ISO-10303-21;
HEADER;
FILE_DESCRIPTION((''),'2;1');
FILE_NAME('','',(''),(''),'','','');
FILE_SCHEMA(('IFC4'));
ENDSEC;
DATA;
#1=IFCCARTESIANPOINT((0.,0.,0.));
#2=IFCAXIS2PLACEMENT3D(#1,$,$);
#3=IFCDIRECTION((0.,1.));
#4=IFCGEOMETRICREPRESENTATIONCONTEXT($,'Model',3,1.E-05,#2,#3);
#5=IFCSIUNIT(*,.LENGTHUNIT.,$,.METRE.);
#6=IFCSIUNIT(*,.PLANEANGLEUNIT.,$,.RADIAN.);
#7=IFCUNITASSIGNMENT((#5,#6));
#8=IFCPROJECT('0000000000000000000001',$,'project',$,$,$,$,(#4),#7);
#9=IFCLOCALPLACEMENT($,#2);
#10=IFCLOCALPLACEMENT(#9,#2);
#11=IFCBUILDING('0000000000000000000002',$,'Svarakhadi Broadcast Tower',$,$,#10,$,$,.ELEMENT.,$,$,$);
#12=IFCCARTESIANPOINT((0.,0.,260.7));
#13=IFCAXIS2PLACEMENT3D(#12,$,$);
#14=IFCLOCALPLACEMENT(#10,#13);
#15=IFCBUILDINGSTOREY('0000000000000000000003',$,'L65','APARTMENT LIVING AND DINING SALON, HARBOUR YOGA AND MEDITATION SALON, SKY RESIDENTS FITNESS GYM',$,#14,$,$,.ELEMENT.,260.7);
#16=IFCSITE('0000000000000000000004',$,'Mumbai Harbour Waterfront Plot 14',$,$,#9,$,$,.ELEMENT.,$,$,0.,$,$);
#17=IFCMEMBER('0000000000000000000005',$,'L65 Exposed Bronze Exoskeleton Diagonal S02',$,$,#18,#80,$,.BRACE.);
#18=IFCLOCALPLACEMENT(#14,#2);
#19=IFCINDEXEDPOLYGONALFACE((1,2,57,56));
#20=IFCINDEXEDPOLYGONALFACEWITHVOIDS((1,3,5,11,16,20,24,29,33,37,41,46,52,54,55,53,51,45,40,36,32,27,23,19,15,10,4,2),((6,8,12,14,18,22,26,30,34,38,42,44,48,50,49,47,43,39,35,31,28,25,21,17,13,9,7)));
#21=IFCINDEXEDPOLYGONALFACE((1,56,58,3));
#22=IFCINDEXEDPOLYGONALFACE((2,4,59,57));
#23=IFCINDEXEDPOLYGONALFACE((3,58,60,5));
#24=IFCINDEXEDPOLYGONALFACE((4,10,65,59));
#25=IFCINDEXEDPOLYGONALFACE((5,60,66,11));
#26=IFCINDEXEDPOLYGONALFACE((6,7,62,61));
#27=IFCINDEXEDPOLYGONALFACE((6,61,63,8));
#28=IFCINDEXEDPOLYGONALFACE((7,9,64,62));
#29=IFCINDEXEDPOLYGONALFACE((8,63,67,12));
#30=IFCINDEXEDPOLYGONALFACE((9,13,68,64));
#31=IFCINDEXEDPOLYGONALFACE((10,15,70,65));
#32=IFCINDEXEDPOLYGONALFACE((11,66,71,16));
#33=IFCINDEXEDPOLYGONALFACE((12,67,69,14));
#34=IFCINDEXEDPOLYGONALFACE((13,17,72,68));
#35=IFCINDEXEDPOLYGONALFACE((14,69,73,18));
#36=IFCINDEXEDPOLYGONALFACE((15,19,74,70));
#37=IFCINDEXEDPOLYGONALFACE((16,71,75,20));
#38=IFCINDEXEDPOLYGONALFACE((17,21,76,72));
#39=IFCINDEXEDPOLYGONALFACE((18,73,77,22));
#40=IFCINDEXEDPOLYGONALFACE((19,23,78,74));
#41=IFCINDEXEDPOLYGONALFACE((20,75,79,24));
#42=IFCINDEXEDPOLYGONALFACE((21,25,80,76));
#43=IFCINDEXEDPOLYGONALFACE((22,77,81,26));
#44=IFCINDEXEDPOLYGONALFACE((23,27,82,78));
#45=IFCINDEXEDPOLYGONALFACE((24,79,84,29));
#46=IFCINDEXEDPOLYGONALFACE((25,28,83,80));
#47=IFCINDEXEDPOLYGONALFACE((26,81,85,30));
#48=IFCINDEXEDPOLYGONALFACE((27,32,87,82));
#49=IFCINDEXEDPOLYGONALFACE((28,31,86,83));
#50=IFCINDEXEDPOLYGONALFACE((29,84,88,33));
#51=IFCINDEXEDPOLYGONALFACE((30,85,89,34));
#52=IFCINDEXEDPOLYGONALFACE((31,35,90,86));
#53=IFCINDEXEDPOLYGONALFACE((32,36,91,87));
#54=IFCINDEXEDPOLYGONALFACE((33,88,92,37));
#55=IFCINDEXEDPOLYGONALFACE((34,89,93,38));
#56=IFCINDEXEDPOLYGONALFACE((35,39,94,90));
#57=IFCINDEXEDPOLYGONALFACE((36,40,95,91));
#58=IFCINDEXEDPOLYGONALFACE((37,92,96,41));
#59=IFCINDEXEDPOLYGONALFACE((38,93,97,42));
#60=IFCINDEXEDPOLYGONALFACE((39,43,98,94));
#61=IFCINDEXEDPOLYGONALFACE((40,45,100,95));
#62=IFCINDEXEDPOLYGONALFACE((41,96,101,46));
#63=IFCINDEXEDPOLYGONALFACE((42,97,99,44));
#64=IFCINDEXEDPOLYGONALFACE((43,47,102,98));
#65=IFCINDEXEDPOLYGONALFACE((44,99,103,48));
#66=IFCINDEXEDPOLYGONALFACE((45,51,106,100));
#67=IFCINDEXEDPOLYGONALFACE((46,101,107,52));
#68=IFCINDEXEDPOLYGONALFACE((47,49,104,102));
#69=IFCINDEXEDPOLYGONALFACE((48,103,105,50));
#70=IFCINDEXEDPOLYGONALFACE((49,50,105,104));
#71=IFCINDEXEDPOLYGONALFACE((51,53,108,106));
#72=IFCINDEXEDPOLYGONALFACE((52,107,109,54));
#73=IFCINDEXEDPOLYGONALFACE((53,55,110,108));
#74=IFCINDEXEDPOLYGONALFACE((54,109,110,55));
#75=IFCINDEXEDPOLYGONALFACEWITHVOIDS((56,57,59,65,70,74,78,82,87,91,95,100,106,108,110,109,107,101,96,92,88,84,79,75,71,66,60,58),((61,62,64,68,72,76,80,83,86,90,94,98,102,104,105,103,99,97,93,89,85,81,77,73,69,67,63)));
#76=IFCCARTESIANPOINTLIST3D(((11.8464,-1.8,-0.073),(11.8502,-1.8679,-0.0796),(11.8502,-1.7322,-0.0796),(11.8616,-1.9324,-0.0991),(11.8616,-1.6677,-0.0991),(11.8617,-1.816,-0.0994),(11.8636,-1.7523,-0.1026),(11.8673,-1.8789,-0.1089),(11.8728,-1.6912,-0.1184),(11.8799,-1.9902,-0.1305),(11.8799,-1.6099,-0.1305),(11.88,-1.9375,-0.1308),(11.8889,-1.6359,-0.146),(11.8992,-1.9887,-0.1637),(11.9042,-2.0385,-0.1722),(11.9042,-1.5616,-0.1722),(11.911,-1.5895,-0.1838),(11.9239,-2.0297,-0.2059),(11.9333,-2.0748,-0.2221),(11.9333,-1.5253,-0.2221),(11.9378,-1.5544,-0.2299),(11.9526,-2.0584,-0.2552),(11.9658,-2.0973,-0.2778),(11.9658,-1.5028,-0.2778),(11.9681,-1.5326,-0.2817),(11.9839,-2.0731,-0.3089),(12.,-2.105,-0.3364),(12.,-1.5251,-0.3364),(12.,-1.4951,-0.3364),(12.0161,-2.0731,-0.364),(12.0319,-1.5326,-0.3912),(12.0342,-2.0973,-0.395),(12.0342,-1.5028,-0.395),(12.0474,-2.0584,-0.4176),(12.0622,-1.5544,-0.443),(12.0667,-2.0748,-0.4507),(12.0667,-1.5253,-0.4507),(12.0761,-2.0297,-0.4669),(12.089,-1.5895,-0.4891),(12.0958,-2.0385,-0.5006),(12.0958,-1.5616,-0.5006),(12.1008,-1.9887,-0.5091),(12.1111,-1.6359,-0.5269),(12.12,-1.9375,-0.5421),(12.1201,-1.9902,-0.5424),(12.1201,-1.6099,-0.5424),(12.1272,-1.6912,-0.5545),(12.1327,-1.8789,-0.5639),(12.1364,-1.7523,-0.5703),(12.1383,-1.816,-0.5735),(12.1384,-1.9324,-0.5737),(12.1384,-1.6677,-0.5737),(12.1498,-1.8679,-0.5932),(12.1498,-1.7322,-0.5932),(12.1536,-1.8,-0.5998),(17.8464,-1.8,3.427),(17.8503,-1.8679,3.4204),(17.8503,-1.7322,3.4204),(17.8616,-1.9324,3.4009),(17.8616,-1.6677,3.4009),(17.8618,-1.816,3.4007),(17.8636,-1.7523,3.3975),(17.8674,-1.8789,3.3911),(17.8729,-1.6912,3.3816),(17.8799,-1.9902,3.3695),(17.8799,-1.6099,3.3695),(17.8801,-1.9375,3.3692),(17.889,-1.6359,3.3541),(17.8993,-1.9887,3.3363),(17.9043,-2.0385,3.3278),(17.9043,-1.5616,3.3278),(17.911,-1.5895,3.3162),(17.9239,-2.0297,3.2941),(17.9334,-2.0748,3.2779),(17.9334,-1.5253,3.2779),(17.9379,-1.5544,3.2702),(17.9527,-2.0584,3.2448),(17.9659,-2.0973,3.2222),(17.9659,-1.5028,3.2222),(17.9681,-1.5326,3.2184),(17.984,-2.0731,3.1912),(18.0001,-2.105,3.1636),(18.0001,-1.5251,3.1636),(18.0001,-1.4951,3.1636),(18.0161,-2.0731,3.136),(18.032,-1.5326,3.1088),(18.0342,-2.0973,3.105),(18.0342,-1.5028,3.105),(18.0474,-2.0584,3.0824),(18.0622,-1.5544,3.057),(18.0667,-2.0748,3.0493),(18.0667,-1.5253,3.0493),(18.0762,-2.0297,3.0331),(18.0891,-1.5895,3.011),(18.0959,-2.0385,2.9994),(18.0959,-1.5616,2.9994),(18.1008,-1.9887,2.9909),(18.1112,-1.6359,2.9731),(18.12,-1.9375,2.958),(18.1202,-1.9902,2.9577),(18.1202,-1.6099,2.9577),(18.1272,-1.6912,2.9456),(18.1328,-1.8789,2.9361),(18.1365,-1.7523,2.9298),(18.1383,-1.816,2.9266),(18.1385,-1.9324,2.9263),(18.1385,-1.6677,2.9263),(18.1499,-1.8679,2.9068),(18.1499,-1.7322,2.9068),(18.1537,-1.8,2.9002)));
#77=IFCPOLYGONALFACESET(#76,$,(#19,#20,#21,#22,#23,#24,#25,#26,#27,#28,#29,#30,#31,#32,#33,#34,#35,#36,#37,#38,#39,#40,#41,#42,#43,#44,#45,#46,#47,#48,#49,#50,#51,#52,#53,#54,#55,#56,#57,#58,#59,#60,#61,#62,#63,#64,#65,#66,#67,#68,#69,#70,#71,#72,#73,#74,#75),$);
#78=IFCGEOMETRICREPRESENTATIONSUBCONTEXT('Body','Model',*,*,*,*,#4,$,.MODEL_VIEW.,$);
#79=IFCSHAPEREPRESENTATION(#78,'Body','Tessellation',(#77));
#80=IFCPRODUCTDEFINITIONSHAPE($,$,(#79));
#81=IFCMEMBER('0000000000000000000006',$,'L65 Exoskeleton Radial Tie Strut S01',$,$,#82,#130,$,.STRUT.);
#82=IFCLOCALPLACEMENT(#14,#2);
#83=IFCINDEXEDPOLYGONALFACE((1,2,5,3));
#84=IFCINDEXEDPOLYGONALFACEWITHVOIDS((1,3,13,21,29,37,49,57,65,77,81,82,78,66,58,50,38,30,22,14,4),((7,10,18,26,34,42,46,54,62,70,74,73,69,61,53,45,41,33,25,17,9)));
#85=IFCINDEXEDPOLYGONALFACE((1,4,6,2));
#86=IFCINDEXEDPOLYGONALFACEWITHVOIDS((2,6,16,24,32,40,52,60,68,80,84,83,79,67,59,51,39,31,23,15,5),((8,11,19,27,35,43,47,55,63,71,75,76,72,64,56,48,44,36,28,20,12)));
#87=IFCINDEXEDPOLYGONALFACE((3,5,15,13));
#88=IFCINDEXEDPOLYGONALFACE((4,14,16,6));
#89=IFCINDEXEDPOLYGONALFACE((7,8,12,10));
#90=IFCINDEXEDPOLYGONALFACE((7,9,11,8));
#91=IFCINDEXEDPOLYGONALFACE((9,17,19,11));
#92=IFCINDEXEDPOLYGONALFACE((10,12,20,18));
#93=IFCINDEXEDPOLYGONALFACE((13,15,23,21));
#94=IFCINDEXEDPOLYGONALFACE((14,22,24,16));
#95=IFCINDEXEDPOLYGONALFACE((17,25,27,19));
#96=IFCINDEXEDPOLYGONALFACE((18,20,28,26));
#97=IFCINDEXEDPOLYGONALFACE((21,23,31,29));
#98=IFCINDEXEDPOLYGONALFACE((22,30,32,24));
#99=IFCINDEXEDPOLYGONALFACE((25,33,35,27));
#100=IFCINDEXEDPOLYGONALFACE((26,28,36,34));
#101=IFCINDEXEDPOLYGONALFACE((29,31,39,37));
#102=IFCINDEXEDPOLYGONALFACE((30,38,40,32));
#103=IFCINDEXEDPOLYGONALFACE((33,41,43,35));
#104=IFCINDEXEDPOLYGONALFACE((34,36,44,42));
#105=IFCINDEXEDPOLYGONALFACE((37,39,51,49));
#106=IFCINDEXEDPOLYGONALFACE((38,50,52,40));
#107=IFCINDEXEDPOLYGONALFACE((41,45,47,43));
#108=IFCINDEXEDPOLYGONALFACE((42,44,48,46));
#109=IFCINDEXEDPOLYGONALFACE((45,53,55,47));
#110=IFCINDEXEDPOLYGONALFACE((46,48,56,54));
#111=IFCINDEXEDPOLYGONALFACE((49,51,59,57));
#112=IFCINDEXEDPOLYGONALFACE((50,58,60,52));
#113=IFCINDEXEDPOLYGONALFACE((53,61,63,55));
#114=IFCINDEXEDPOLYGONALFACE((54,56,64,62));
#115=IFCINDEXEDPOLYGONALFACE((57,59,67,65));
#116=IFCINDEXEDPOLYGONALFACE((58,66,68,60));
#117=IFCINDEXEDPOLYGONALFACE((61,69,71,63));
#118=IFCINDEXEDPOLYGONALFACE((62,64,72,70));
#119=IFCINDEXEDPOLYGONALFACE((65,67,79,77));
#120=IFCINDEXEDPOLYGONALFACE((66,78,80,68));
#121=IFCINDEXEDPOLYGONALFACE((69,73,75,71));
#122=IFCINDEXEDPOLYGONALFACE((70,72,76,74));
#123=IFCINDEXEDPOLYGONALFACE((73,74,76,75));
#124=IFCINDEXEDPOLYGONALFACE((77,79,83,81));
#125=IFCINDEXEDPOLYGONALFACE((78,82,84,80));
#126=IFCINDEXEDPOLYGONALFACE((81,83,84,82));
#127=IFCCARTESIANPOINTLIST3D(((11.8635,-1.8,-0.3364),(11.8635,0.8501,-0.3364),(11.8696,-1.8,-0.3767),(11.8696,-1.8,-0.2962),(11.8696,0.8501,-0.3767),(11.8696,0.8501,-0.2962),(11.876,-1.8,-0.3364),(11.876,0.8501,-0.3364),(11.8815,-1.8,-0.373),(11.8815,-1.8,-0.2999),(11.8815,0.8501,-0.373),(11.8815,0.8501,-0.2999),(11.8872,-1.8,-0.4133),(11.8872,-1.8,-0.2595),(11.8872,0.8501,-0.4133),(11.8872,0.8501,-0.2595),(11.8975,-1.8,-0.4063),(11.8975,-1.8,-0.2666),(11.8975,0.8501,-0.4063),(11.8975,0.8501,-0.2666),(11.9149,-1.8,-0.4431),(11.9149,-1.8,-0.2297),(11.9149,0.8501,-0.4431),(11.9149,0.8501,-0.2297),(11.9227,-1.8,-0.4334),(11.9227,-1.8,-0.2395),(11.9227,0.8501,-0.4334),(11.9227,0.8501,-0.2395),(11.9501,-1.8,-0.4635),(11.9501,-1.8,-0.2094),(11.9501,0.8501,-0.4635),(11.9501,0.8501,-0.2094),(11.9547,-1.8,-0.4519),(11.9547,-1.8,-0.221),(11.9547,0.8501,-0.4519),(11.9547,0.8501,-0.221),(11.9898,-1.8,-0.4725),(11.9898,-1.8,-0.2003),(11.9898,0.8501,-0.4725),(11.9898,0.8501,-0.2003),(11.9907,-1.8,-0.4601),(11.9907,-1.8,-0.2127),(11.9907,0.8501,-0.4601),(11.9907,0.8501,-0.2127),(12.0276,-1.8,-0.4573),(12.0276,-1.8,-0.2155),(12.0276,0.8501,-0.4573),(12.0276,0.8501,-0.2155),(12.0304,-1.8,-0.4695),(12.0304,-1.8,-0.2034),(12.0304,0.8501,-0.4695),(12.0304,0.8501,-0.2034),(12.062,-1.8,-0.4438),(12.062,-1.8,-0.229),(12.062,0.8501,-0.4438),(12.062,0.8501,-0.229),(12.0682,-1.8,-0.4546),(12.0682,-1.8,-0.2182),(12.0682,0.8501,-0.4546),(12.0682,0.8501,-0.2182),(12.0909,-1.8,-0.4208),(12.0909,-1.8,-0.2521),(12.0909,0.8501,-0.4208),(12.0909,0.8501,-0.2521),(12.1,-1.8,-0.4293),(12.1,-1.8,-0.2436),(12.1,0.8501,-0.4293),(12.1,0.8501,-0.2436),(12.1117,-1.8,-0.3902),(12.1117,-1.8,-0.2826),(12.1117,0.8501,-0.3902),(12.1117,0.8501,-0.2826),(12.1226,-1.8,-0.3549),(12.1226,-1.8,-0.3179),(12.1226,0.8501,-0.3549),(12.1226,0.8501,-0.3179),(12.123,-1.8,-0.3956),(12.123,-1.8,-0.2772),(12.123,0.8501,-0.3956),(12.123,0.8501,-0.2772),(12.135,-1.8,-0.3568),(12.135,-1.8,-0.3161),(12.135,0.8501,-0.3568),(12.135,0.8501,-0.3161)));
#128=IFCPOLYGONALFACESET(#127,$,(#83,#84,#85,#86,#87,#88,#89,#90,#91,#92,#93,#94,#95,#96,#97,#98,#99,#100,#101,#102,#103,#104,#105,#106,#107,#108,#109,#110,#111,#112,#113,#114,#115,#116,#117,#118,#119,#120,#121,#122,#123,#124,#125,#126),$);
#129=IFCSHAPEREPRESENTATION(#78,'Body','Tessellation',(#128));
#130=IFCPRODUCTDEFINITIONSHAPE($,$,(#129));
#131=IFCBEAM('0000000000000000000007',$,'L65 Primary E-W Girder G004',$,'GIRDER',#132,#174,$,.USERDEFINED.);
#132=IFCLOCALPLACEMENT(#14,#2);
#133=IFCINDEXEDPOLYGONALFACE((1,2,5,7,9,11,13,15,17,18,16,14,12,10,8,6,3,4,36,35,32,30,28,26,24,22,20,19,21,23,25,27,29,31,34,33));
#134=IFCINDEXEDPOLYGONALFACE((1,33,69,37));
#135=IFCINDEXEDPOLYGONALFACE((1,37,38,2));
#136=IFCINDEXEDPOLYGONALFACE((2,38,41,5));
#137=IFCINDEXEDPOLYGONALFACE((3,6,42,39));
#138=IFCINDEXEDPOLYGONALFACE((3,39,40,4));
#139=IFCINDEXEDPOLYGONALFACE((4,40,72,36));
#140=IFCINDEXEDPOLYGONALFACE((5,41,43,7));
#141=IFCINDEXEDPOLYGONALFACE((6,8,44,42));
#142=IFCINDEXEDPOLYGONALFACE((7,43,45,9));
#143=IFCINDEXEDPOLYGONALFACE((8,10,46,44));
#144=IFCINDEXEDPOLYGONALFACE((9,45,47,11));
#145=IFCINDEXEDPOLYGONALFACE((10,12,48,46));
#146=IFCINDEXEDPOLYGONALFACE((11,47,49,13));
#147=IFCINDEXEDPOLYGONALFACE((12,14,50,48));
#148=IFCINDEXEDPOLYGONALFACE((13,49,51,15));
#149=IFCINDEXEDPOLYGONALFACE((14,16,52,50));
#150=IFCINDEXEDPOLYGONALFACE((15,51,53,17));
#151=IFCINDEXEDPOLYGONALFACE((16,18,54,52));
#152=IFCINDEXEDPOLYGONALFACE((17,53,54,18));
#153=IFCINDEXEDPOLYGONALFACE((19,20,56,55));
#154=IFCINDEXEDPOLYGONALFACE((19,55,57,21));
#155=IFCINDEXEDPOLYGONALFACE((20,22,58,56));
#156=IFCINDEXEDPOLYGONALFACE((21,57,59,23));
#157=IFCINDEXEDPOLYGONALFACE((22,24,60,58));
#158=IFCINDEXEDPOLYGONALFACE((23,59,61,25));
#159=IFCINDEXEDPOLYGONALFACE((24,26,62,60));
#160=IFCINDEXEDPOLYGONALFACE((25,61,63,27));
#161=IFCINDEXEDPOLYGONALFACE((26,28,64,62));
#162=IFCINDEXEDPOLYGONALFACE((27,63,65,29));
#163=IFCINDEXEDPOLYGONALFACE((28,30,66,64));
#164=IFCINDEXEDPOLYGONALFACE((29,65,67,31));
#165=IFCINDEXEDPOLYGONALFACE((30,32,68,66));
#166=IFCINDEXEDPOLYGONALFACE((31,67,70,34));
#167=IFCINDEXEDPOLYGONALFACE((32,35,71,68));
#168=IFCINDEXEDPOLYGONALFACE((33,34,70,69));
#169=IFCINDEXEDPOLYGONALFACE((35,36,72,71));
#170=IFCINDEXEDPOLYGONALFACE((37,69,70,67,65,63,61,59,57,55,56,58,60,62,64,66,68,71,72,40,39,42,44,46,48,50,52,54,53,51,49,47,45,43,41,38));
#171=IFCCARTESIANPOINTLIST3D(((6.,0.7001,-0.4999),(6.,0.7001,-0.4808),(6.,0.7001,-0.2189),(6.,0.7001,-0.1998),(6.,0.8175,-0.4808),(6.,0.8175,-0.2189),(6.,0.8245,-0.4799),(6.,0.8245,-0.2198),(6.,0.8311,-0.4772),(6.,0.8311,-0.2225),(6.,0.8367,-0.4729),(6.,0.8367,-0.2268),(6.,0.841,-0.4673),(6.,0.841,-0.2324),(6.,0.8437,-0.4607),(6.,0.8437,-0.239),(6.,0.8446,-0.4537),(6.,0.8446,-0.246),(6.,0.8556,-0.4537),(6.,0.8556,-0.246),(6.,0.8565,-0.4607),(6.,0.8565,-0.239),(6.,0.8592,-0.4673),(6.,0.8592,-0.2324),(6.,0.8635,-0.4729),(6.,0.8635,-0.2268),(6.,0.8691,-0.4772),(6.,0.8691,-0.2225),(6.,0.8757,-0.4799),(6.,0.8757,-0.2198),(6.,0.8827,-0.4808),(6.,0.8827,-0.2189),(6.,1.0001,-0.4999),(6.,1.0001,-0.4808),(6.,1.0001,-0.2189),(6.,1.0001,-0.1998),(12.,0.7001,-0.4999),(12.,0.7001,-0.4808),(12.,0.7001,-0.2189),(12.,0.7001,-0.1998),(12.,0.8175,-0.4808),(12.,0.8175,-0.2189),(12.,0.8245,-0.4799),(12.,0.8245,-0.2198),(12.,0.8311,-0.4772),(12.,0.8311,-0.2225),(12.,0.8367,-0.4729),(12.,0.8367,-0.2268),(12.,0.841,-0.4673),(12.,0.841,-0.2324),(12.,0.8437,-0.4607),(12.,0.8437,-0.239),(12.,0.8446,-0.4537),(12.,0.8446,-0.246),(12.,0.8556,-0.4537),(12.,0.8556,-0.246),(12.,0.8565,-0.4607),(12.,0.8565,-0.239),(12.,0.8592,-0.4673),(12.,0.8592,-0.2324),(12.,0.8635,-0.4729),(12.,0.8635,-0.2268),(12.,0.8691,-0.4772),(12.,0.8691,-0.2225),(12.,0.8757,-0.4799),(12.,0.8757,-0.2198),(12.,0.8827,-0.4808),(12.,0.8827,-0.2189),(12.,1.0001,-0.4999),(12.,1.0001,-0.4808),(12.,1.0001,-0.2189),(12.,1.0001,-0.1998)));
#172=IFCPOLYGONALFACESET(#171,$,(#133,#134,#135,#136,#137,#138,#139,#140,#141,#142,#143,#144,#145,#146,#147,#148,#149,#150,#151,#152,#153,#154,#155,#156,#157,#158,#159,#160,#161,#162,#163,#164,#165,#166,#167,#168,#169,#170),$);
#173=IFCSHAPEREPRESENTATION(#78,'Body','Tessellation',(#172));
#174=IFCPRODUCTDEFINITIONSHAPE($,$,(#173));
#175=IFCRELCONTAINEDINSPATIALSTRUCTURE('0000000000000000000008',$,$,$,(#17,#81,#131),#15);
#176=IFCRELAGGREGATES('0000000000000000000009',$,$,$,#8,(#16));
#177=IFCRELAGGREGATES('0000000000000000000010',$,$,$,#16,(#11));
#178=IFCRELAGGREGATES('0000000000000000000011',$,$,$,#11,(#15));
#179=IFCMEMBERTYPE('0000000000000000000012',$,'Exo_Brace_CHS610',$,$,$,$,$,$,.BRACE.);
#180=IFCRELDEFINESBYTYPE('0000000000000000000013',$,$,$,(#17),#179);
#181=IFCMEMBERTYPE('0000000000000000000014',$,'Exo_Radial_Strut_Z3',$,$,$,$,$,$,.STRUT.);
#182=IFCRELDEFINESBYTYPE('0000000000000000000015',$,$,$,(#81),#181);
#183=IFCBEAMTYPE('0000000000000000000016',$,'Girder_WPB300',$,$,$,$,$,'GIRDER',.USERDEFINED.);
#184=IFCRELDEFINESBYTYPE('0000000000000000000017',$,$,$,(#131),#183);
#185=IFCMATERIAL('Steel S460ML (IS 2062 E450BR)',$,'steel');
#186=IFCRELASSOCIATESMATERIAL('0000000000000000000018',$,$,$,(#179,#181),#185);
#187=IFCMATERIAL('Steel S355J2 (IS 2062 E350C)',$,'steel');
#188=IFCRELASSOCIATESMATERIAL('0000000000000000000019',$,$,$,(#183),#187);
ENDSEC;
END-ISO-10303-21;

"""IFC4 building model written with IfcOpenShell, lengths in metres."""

from ifc_helpers import new_model, si_unit, direction, frame, origin, origin_2d, place, context, subcontext, project, spatial, hollow_circle, i_section, extrude, material, material_profile, profile_set, type_object, element, save


model = new_model("IFC4")

# Units and contexts
model_context = context("Model", 3, precision=1e-05, world=origin(), true_north=direction((0.0, 1.0)))
body_context = subcontext(model_context, "Body", "Model", "MODEL_VIEW")
ifc_project = project(units=[si_unit("LENGTHUNIT", "METRE"), si_unit("PLANEANGLEUNIT", "RADIAN")], contexts=[model_context])

# Site, building, storey
site_placement = place(None, origin())
site = spatial("IfcSite", under=ifc_project, at=site_placement, Name="Mumbai Harbour Waterfront Plot 14", CompositionType="ELEMENT", RefElevation=0.0)
building_placement = place(site_placement, origin())
building = spatial("IfcBuilding", under=site, at=building_placement, Name="Svarakhadi Broadcast Tower", CompositionType="ELEMENT")
storey_placement = place(building_placement, frame((0.0, 0.0, 260.7)))
storey = spatial("IfcBuildingStorey", under=building, at=storey_placement, Name="L65", Description="APARTMENT LIVING AND DINING SALON, HARBOUR YOGA AND MEDITATION SALON, SKY RESIDENTS FITNESS GYM", CompositionType="ELEMENT", Elevation=260.7)

# Shared definitions
ifc_material_1 = material(Name="Steel S460ML (IS 2062 E450BR)", Category="steel")

# Members
ifc_material_profile_1 = material_profile(ifc_material_1, hollow_circle(Radius=0.3049, WallThickness=0.03, at=origin_2d()), Name="CHS 610x30")
ifc_profile_set_1 = profile_set([ifc_material_profile_1], Name="Steel S460ML (IS 2062 E450BR)")
member_type_1 = type_object("IfcMemberType", Name="Exo_Brace_CHS610", PredefinedType="BRACE", material=ifc_profile_set_1)
for number, where, z_axis, x_axis, name in (
    (1, (12.0, -1.8, -0.3364), (0.863779, 0.0, 0.503871), (0.0, 1.0, 0.0), "L65 Exposed Bronze Exoskeleton Diagonal S02"),
):
    element("IfcMember", number, at=place(storey_placement, frame(where, z_axis=z_axis, x_axis=x_axis)), inside=storey, type_object=member_type_1, Name=name, PredefinedType="BRACE", context=body_context, shape_type="SweptSolid", body=[
        extrude(hollow_circle(Radius=0.3049, WallThickness=0.03, at=origin_2d()), origin(), (0.0, 0.0, 1.0), 6.9463),
    ])
ifc_material_profile_2 = material_profile(ifc_material_1, hollow_circle(Radius=0.1365, WallThickness=0.0125, at=origin_2d()), Name="CHS 273x12.5")
ifc_profile_set_2 = profile_set([ifc_material_profile_2], Name="Steel S460ML (IS 2062 E450BR)")
member_type_2 = type_object("IfcMemberType", Name="Exo_Radial_Strut_Z3", PredefinedType="STRUT", material=ifc_profile_set_2)
member_1_placement = place(storey_placement, frame((12.0, -1.8, -0.3364), z_axis=(0.0, 1.0, 0.0), x_axis=(-1.0, 0.0, 0.0)))
element("IfcMember", 2, at=member_1_placement, inside=storey, type_object=member_type_2, Name="L65 Exoskeleton Radial Tie Strut S01", PredefinedType="STRUT", context=body_context, shape_type="SweptSolid", body=[
    extrude(hollow_circle(Radius=0.1365, WallThickness=0.0125, at=origin_2d()), origin(), (0.0, 0.0, 1.0), 2.6501),
])

# Beam
ifc_material_2 = material(Name="Steel S355J2 (IS 2062 E350C)", Category="steel")
ifc_material_profile_3 = material_profile(ifc_material_2, i_section(OverallWidth=0.3, OverallDepth=0.3, WebThickness=0.011, FlangeThickness=0.019, FilletRadius=0.0271, at=origin_2d()), Name="WPB 300x300x117")
ifc_profile_set_3 = profile_set([ifc_material_profile_3], Name="Steel S355J2 (IS 2062 E350C)")
beam_type = type_object("IfcBeamType", Name="Girder_WPB300", ElementType="GIRDER", PredefinedType="USERDEFINED", material=ifc_profile_set_3)
for number, where, z_axis, x_axis, name in (
    (3, (6.0, 0.8501, -0.3499), (1.0, 0.0, 0.0), (0.0, 1.0, 0.0), "L65 Primary E-W Girder G004"),
):
    element("IfcBeam", number, at=place(storey_placement, frame(where, z_axis=z_axis, x_axis=x_axis)), inside=storey, type_object=beam_type, Name=name, ObjectType="GIRDER", PredefinedType="USERDEFINED", context=body_context, shape_type="SweptSolid", body=[
        extrude(i_section(OverallWidth=0.3, OverallDepth=0.3, WebThickness=0.011, FlangeThickness=0.019, FilletRadius=0.0271, at=origin_2d()), origin(), (0.0, 0.0, 1.0), 6.0),
    ])

save(model, "model.ifc")
